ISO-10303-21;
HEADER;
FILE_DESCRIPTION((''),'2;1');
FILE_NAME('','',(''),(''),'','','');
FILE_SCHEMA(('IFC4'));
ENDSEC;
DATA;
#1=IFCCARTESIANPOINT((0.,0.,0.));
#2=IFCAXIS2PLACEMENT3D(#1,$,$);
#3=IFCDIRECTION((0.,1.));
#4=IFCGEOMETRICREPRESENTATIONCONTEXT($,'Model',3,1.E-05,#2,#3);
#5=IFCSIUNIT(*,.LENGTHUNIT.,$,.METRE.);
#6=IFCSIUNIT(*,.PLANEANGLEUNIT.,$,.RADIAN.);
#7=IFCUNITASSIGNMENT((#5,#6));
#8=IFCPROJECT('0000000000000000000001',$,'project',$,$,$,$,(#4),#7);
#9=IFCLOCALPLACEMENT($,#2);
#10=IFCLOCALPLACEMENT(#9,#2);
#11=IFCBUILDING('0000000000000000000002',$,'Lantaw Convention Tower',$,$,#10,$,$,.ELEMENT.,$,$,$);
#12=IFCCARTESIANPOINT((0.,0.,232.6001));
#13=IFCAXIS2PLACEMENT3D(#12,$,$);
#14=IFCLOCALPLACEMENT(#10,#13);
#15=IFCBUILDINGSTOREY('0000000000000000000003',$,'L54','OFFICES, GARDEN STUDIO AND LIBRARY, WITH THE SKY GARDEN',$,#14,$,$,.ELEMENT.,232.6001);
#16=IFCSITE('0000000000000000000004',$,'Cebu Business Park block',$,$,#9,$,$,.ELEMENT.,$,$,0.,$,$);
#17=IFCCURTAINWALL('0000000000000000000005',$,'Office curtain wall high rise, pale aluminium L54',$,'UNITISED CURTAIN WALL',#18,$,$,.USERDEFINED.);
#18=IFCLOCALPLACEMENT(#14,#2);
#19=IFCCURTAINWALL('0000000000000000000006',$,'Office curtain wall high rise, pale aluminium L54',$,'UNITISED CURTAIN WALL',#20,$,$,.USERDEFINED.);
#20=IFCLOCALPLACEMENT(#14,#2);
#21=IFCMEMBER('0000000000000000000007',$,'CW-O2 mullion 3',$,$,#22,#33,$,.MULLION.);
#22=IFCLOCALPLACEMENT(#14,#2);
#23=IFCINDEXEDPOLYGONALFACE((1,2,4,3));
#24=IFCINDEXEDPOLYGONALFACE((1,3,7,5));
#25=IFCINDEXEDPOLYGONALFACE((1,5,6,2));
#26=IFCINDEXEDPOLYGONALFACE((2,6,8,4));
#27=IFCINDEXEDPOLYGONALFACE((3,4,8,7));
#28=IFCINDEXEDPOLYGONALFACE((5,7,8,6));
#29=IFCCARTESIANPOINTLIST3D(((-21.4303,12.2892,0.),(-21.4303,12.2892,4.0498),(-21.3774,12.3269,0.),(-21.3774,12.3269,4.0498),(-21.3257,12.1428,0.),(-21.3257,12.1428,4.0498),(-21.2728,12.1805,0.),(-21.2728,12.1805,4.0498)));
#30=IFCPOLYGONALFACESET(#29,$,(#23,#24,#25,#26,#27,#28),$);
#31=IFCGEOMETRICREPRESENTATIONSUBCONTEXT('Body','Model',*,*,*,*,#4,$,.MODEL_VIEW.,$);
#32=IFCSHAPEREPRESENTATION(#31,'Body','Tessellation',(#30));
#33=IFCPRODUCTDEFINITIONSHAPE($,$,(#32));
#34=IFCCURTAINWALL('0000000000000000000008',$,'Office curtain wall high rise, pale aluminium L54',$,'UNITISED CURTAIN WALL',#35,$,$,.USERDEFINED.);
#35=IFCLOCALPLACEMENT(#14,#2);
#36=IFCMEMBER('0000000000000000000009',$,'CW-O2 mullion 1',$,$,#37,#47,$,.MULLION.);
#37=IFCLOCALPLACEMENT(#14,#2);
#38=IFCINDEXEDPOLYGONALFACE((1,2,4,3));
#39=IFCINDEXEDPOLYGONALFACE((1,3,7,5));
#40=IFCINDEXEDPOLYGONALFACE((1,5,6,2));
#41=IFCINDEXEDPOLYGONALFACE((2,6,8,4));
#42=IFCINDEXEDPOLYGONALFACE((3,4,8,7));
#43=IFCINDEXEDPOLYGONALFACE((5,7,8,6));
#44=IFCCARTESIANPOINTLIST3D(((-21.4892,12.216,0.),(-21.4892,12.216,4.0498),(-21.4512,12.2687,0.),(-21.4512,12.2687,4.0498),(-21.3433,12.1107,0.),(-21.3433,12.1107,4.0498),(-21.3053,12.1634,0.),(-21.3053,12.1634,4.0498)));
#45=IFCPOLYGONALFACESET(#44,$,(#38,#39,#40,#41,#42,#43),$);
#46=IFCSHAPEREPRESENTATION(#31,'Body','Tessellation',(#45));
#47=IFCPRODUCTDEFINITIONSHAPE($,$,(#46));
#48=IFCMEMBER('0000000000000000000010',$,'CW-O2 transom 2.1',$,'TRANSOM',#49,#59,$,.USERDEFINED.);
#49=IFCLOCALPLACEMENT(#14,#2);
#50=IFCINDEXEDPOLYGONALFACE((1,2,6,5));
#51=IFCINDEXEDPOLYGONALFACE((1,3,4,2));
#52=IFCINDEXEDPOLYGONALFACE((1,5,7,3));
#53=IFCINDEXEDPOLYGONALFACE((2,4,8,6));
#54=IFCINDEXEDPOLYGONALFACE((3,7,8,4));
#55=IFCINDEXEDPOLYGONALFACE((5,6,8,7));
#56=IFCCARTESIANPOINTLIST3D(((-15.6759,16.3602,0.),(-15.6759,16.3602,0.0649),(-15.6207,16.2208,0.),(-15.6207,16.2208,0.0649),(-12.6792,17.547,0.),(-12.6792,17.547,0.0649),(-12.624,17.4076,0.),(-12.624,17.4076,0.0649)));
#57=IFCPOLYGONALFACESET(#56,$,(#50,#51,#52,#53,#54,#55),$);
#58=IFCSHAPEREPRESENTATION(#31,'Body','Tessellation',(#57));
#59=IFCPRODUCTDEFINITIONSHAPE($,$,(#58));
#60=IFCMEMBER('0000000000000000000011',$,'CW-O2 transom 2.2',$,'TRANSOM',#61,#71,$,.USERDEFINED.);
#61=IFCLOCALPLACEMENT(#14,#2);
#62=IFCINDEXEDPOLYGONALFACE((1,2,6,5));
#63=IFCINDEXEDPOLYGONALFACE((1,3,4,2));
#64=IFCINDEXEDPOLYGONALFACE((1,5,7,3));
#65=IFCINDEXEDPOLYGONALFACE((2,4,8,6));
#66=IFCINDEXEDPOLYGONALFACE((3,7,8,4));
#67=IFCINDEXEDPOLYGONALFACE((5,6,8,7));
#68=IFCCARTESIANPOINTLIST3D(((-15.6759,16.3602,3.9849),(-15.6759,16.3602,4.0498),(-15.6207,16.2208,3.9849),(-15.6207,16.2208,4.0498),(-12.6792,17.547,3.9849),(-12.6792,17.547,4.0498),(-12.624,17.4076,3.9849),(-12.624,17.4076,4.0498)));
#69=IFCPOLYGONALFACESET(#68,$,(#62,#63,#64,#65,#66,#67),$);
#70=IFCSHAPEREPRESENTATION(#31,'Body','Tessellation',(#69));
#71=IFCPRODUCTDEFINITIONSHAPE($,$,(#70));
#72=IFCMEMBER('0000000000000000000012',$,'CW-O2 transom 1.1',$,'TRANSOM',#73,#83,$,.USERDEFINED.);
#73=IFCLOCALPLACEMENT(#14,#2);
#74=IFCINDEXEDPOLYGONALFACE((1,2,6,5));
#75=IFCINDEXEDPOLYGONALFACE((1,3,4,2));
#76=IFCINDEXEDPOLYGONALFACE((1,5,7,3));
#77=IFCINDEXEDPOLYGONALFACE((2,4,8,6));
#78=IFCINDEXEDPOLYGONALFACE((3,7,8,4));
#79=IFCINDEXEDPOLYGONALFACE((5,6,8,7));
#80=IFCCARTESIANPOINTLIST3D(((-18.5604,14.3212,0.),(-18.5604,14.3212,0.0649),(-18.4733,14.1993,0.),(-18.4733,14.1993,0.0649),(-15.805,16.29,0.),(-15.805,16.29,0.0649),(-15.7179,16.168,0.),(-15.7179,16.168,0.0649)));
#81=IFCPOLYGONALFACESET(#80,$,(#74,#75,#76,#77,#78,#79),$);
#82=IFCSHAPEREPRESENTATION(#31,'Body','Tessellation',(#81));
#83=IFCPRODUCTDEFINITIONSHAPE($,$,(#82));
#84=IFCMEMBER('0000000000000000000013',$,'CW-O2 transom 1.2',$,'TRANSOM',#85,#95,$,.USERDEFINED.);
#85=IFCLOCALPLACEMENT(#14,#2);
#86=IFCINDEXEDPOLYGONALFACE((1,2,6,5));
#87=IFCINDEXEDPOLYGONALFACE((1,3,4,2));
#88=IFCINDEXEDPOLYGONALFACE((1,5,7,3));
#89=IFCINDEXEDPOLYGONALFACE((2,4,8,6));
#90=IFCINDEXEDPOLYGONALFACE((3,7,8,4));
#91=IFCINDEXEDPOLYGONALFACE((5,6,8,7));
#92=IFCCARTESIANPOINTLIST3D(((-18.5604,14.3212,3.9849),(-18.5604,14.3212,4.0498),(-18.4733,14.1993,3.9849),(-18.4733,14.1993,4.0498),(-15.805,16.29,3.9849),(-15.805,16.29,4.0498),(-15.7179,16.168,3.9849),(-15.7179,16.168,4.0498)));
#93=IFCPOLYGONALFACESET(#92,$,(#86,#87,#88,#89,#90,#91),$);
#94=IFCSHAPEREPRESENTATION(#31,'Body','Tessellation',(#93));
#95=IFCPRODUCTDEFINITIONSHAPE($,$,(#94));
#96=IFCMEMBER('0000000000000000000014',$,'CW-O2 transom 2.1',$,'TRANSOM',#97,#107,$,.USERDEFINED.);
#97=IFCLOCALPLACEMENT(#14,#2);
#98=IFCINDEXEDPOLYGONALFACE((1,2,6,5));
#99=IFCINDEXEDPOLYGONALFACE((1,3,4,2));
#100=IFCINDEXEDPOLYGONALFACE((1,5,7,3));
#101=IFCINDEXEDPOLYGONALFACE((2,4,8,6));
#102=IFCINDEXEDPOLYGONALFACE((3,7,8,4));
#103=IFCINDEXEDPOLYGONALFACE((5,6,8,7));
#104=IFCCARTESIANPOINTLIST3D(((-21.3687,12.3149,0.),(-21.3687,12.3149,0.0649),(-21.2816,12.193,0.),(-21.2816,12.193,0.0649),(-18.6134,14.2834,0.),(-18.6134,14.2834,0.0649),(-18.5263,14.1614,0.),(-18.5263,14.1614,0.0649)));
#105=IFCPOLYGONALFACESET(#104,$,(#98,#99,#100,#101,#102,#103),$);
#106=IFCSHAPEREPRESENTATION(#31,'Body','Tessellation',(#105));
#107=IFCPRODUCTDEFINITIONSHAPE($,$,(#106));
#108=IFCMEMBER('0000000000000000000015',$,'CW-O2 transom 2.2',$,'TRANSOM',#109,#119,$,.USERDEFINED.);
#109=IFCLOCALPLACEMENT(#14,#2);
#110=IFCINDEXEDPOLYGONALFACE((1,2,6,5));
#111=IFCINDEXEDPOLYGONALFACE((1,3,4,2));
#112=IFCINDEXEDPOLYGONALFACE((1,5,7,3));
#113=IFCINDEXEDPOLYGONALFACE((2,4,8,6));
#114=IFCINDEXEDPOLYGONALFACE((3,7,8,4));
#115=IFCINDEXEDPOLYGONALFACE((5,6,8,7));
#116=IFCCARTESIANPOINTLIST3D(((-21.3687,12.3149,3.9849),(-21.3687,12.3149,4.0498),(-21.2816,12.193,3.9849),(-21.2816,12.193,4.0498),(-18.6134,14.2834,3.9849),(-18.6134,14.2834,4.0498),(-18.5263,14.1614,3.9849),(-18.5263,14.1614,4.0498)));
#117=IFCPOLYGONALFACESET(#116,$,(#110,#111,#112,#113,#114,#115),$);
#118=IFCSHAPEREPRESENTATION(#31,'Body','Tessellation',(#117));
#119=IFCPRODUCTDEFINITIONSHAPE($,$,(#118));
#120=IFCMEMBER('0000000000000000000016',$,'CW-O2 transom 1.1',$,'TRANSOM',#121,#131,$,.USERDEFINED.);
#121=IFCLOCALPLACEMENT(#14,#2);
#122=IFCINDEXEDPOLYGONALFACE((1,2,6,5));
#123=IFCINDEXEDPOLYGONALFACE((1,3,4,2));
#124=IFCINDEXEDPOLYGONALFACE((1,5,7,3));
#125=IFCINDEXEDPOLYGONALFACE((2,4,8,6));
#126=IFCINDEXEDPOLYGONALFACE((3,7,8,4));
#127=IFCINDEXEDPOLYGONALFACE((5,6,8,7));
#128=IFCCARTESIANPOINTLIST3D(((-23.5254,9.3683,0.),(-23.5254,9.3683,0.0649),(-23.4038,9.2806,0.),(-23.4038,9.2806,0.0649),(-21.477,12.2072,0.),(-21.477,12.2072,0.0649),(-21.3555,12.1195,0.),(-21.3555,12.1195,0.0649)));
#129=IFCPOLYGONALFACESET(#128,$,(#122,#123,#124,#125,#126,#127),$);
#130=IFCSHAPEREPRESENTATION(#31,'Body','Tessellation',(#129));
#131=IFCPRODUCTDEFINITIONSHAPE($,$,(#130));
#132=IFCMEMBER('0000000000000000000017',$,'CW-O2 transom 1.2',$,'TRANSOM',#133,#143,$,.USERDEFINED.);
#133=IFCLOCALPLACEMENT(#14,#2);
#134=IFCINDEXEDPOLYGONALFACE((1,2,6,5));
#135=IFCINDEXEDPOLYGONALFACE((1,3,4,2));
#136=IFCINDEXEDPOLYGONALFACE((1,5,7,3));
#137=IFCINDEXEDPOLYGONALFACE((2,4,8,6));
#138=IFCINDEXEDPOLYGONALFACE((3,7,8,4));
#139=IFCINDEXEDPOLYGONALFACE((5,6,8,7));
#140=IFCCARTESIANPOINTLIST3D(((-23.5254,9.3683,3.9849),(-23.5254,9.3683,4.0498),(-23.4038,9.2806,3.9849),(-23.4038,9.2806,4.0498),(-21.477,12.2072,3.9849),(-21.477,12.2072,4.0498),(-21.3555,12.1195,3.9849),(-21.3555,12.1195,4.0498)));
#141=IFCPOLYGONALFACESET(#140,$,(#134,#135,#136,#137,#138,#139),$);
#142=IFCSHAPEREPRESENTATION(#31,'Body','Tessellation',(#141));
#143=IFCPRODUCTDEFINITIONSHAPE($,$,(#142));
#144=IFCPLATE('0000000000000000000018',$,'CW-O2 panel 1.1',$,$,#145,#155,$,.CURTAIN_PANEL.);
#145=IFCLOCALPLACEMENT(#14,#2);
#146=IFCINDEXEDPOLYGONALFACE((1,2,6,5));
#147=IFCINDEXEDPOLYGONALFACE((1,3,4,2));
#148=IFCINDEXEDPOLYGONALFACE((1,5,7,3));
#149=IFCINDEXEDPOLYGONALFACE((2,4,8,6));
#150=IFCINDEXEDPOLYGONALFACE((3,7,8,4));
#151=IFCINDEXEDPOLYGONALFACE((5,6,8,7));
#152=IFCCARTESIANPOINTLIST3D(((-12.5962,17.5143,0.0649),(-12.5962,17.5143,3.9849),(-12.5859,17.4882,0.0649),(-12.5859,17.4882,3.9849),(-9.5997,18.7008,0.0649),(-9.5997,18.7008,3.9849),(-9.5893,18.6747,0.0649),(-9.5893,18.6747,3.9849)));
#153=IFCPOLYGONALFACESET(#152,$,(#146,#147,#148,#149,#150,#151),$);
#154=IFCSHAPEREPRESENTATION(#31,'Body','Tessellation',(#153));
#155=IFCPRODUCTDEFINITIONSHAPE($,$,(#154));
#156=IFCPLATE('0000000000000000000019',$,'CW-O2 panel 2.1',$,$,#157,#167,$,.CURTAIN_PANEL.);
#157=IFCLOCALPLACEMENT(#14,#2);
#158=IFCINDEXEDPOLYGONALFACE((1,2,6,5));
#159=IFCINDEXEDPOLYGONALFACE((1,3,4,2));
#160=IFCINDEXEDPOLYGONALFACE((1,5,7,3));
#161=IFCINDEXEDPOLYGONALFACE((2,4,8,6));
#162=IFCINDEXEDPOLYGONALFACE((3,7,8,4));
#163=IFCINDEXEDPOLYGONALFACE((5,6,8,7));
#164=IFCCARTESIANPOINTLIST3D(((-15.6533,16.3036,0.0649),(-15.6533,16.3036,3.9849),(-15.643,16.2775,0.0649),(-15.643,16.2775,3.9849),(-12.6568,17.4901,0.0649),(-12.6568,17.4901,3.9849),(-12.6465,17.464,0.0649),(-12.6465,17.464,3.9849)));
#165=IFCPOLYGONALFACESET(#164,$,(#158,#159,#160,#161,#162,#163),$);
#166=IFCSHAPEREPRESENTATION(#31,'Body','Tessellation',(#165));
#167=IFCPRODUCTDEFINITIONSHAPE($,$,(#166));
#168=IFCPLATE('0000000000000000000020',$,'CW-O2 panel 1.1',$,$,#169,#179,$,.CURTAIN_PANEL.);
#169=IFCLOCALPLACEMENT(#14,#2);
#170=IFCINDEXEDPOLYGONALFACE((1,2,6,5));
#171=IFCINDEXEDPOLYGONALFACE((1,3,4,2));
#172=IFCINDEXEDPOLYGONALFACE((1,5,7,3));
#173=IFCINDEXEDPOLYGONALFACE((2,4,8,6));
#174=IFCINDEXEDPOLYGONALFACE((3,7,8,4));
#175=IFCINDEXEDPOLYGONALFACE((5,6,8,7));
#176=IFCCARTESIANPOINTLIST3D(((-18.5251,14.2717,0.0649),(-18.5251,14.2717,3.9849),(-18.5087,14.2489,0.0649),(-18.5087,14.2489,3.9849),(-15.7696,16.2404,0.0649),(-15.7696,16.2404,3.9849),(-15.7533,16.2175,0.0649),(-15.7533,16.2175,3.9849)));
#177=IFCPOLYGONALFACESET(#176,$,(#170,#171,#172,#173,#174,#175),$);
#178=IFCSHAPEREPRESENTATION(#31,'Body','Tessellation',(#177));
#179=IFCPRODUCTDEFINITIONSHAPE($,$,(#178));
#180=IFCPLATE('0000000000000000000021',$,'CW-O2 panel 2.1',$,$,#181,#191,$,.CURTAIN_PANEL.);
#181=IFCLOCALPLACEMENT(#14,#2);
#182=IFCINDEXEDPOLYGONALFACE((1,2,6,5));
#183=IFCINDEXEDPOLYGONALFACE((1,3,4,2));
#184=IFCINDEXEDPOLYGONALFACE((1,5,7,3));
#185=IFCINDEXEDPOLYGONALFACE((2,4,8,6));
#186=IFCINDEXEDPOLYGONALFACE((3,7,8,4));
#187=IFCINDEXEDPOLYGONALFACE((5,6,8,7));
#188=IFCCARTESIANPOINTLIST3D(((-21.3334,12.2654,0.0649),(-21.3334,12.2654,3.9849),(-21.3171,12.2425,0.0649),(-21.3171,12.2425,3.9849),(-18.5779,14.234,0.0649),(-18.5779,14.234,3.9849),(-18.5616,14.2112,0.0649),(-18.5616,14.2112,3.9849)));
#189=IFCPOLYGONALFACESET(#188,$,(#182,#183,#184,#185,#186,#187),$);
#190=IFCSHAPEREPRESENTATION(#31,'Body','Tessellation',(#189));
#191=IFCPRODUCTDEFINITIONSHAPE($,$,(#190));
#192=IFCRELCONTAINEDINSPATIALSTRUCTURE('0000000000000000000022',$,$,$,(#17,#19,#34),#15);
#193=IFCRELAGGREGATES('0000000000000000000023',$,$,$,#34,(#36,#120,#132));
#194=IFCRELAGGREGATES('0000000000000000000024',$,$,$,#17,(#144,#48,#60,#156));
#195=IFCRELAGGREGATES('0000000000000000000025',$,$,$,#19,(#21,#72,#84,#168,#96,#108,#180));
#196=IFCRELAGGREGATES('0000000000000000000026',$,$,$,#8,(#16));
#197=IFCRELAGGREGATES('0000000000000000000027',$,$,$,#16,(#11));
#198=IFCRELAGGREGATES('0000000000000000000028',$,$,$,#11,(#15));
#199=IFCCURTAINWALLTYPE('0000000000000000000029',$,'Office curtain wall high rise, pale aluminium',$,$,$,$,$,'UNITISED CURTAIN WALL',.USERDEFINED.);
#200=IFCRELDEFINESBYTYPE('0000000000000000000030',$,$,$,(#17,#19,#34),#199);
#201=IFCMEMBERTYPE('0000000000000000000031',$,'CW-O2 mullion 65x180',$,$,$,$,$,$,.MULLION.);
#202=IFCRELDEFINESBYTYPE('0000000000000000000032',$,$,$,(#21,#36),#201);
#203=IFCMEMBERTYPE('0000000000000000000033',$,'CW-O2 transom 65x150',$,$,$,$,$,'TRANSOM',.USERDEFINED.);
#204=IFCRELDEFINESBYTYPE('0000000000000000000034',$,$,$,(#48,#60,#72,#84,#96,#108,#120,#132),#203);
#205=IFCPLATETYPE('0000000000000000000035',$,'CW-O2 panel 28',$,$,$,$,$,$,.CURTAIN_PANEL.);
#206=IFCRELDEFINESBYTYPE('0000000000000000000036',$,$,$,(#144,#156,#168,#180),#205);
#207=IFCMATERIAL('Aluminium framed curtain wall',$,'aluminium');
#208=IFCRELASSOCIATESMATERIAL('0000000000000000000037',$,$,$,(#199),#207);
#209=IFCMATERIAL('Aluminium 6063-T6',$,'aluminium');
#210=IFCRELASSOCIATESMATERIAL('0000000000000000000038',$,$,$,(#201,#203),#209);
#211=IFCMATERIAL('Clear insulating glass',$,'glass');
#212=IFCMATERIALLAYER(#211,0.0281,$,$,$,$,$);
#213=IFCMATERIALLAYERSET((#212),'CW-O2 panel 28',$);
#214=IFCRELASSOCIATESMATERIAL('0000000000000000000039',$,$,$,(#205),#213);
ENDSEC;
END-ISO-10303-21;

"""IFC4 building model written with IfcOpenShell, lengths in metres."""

from ifc_helpers import new_model, si_unit, direction, frame, origin, origin_2d, place, context, subcontext, project, spatial, rectangle, extrude, material, layer, layer_set, material_profile, profile_set, type_object, element, aggregate, save


model = new_model("IFC4")

# Units and contexts
model_context = context("Model", 3, precision=1e-05, world=origin(), true_north=direction((0.0, 1.0)))
body_context = subcontext(model_context, "Body", "Model", "MODEL_VIEW")
ifc_project = project(units=[si_unit("LENGTHUNIT", "METRE"), si_unit("PLANEANGLEUNIT", "RADIAN")], contexts=[model_context])

# Site, building, storey
site_placement = place(None, origin())
site = spatial("IfcSite", under=ifc_project, at=site_placement, Name="Cebu Business Park block", CompositionType="ELEMENT", RefElevation=0.0)
building_placement = place(site_placement, origin())
building = spatial("IfcBuilding", under=site, at=building_placement, Name="Lantaw Convention Tower", CompositionType="ELEMENT")
storey_placement = place(building_placement, frame((0.0, 0.0, 232.6001)))
storey = spatial("IfcBuildingStorey", under=building, at=storey_placement, Name="L54", Description="OFFICES, GARDEN STUDIO AND LIBRARY, WITH THE SKY GARDEN", CompositionType="ELEMENT", Elevation=232.6001)

# Curtain walls, member
ifc_material_1 = material(Name="Aluminium framed curtain wall", Category="aluminium")
curtain_wall_type = type_object("IfcCurtainWallType", Name="Office curtain wall high rise, pale aluminium", ElementType="UNITISED CURTAIN WALL", PredefinedType="USERDEFINED", material=ifc_material_1)
curtain_wall_1_placement = place(storey_placement, origin())
curtain_wall_1 = element("IfcCurtainWall", 1, at=curtain_wall_1_placement, inside=storey, type_object=curtain_wall_type, Name="Office curtain wall high rise, pale aluminium L54", ObjectType="UNITISED CURTAIN WALL", PredefinedType="USERDEFINED")
ifc_material_2 = material(Name="Aluminium 6063-T6", Category="aluminium")
ifc_material_profile_1 = material_profile(ifc_material_2, rectangle(XDim=0.1799, YDim=0.0649, at=origin_2d()), Name="CW-O2 mullion 65x180")
ifc_profile_set_1 = profile_set([ifc_material_profile_1], Name="Aluminium 6063-T6")
member_type_1 = type_object("IfcMemberType", Name="CW-O2 mullion 65x180", PredefinedType="MULLION", material=ifc_profile_set_1)
curtain_wall_2_placement = place(storey_placement, origin())
curtain_wall_2 = element("IfcCurtainWall", 2, at=curtain_wall_2_placement, inside=storey, type_object=curtain_wall_type, Name="Office curtain wall high rise, pale aluminium L54", ObjectType="UNITISED CURTAIN WALL", PredefinedType="USERDEFINED")
member_1_placement = place(storey_placement, frame((-21.3516, 12.2349, 0.0), z_axis=(0.0, 0.0, 1.0), x_axis=(0.581323, -0.813673, 0.0)))
member_1 = element("IfcMember", 3, at=member_1_placement, type_object=member_type_1, Name="CW-O2 mullion 3", PredefinedType="MULLION", context=body_context, shape_type="SweptSolid", body=[
    extrude(rectangle(XDim=0.1799, YDim=0.0649, at=origin_2d()), origin(), (0.0, 0.0, 1.0), 4.0498),
])

# Curtain wall, member
curtain_wall_3_placement = place(storey_placement, origin())
curtain_wall_3 = element("IfcCurtainWall", 4, at=curtain_wall_3_placement, inside=storey, type_object=curtain_wall_type, Name="Office curtain wall high rise, pale aluminium L54", ObjectType="UNITISED CURTAIN WALL", PredefinedType="USERDEFINED")
member_2_placement = place(storey_placement, frame((-21.3972, 12.1897, 0.0), z_axis=(0.0, 0.0, 1.0), x_axis=(0.81092, -0.585158, 0.0)))
member_2 = element("IfcMember", 5, at=member_2_placement, type_object=member_type_1, Name="CW-O2 mullion 1", PredefinedType="MULLION", context=body_context, shape_type="SweptSolid", body=[
    extrude(rectangle(XDim=0.1799, YDim=0.0649, at=origin_2d()), origin(), (0.0, 0.0, 1.0), 4.0498),
])

# Members
ifc_material_profile_2 = material_profile(ifc_material_2, rectangle(XDim=0.1499, YDim=0.0649, at=origin_2d()), Name="CW-O2 transom 65x150")
ifc_profile_set_2 = profile_set([ifc_material_profile_2], Name="Aluminium 6063-T6")
member_type_2 = type_object("IfcMemberType", Name="CW-O2 transom 65x150", ElementType="TRANSOM", PredefinedType="USERDEFINED", material=ifc_profile_set_2)
member_3_placement = place(storey_placement, frame((-12.6516, 17.4773, 0.0325), z_axis=(-0.929741, -0.368215, 0.0), x_axis=(0.368215, -0.929741, 0.0)))
member_3 = element("IfcMember", 6, at=member_3_placement, type_object=member_type_2, Name="CW-O2 transom 2.1", ObjectType="TRANSOM", PredefinedType="USERDEFINED", context=body_context, shape_type="SweptSolid", body=[
    extrude(rectangle(XDim=0.1499, YDim=0.0649, at=origin_2d()), origin(), (0.0, 0.0, 1.0), 3.2231),
])
member_4_placement = place(storey_placement, frame((-12.6516, 17.4773, 4.0173), z_axis=(-0.929741, -0.368215, 0.0), x_axis=(0.368215, -0.929741, 0.0)))
member_4 = element("IfcMember", 7, at=member_4_placement, type_object=member_type_2, Name="CW-O2 transom 2.2", ObjectType="TRANSOM", PredefinedType="USERDEFINED", context=body_context, shape_type="SweptSolid", body=[
    extrude(rectangle(XDim=0.1499, YDim=0.0649, at=origin_2d()), origin(), (0.0, 0.0, 1.0), 3.2231),
])
member_5_placement = place(storey_placement, frame((-15.7615, 16.229, 0.0325), z_axis=(-0.813646, -0.581361, 0.0), x_axis=(0.581361, -0.813646, 0.0)))
member_5 = element("IfcMember", 8, at=member_5_placement, type_object=member_type_2, Name="CW-O2 transom 1.1", ObjectType="TRANSOM", PredefinedType="USERDEFINED", context=body_context, shape_type="SweptSolid", body=[
    extrude(rectangle(XDim=0.1499, YDim=0.0649, at=origin_2d()), origin(), (0.0, 0.0, 1.0), 3.3865),
])
member_6_placement = place(storey_placement, frame((-15.7615, 16.229, 4.0173), z_axis=(-0.813646, -0.581361, 0.0), x_axis=(0.581361, -0.813646, 0.0)))
member_6 = element("IfcMember", 9, at=member_6_placement, type_object=member_type_2, Name="CW-O2 transom 1.2", ObjectType="TRANSOM", PredefinedType="USERDEFINED", context=body_context, shape_type="SweptSolid", body=[
    extrude(rectangle(XDim=0.1499, YDim=0.0649, at=origin_2d()), origin(), (0.0, 0.0, 1.0), 3.3865),
])
member_7_placement = place(storey_placement, frame((-18.5698, 14.2224, 0.0325), z_axis=(-0.81368, -0.581313, 0.0), x_axis=(0.581313, -0.81368, 0.0)))
member_7 = element("IfcMember", 10, at=member_7_placement, type_object=member_type_2, Name="CW-O2 transom 2.1", ObjectType="TRANSOM", PredefinedType="USERDEFINED", context=body_context, shape_type="SweptSolid", body=[
    extrude(rectangle(XDim=0.1499, YDim=0.0649, at=origin_2d()), origin(), (0.0, 0.0, 1.0), 3.3862),
])
member_8_placement = place(storey_placement, frame((-18.5698, 14.2224, 4.0173), z_axis=(-0.81368, -0.581313, 0.0), x_axis=(0.581313, -0.81368, 0.0)))
member_8 = element("IfcMember", 11, at=member_8_placement, type_object=member_type_2, Name="CW-O2 transom 2.2", ObjectType="TRANSOM", PredefinedType="USERDEFINED", context=body_context, shape_type="SweptSolid", body=[
    extrude(rectangle(XDim=0.1499, YDim=0.0649, at=origin_2d()), origin(), (0.0, 0.0, 1.0), 3.3862),
])
member_9_placement = place(storey_placement, frame((-21.4163, 12.1633, 0.0325), z_axis=(-0.585124, -0.810944, 0.0), x_axis=(0.810944, -0.585124, 0.0)))
member_9 = element("IfcMember", 12, at=member_9_placement, type_object=member_type_2, Name="CW-O2 transom 1.1", ObjectType="TRANSOM", PredefinedType="USERDEFINED", context=body_context, shape_type="SweptSolid", body=[
    extrude(rectangle(XDim=0.1499, YDim=0.0649, at=origin_2d()), origin(), (0.0, 0.0, 1.0), 3.5007),
])
member_10_placement = place(storey_placement, frame((-21.4163, 12.1633, 4.0173), z_axis=(-0.585124, -0.810944, 0.0), x_axis=(0.810944, -0.585124, 0.0)))
member_10 = element("IfcMember", 13, at=member_10_placement, type_object=member_type_2, Name="CW-O2 transom 1.2", ObjectType="TRANSOM", PredefinedType="USERDEFINED", context=body_context, shape_type="SweptSolid", body=[
    extrude(rectangle(XDim=0.1499, YDim=0.0649, at=origin_2d()), origin(), (0.0, 0.0, 1.0), 3.5007),
])
aggregate(curtain_wall_3, [member_2, member_9, member_10])

# Plates
ifc_material_3 = material(Name="Clear insulating glass", Category="glass")
ifc_layer_1 = layer(ifc_material_3, 0.0281)
ifc_layer_set_1 = layer_set([ifc_layer_1], Name="CW-O2 panel 28")
plate_type_1 = type_object("IfcPlateType", Name="CW-O2 panel 28", PredefinedType="CURTAIN_PANEL", material=ifc_layer_set_1)
plate_1_placement = place(storey_placement, frame((-11.0928, 18.0945, 0.0649), z_axis=(0.0, 0.0, 1.0), x_axis=(-0.929762, -0.368162, 0.0)))
plate_1 = element("IfcPlate", 14, at=plate_1_placement, type_object=plate_type_1, Name="CW-O2 panel 1.1", PredefinedType="CURTAIN_PANEL", context=body_context, shape_type="SweptSolid", body=[
    extrude(rectangle(XDim=3.2229, YDim=0.0281, at=origin_2d()), origin(), (0.0, 0.0, 1.0), 3.9199),
])
plate_2_placement = place(storey_placement, frame((-14.1499, 16.8838, 0.0649), z_axis=(0.0, 0.0, 1.0), x_axis=(-0.929762, -0.368162, 0.0)))
plate_2 = element("IfcPlate", 15, at=plate_2_placement, type_object=plate_type_1, Name="CW-O2 panel 2.1", PredefinedType="CURTAIN_PANEL", context=body_context, shape_type="SweptSolid", body=[
    extrude(rectangle(XDim=3.2229, YDim=0.0281, at=origin_2d()), origin(), (0.0, 0.0, 1.0), 3.9199),
])
aggregate(curtain_wall_1, [plate_1, member_3, member_4, plate_2])
plate_3_placement = place(storey_placement, frame((-17.1392, 15.2446, 0.0649), z_axis=(0.0, 0.0, 1.0), x_axis=(-0.813673, -0.581323, 0.0)))
plate_3 = element("IfcPlate", 16, at=plate_3_placement, type_object=plate_type_1, Name="CW-O2 panel 1.1", PredefinedType="CURTAIN_PANEL", context=body_context, shape_type="SweptSolid", body=[
    extrude(rectangle(XDim=3.3865, YDim=0.0281, at=origin_2d()), origin(), (0.0, 0.0, 1.0), 3.9199),
])
plate_4_placement = place(storey_placement, frame((-19.9475, 13.2383, 0.0649), z_axis=(0.0, 0.0, 1.0), x_axis=(-0.813673, -0.581323, 0.0)))
plate_4 = element("IfcPlate", 17, at=plate_4_placement, type_object=plate_type_1, Name="CW-O2 panel 2.1", PredefinedType="CURTAIN_PANEL", context=body_context, shape_type="SweptSolid", body=[
    extrude(rectangle(XDim=3.3865, YDim=0.0281, at=origin_2d()), origin(), (0.0, 0.0, 1.0), 3.9199),
])
aggregate(curtain_wall_2, [member_1, member_5, member_6, plate_3, member_7, member_8, plate_4])

save(model, "model.ifc")
